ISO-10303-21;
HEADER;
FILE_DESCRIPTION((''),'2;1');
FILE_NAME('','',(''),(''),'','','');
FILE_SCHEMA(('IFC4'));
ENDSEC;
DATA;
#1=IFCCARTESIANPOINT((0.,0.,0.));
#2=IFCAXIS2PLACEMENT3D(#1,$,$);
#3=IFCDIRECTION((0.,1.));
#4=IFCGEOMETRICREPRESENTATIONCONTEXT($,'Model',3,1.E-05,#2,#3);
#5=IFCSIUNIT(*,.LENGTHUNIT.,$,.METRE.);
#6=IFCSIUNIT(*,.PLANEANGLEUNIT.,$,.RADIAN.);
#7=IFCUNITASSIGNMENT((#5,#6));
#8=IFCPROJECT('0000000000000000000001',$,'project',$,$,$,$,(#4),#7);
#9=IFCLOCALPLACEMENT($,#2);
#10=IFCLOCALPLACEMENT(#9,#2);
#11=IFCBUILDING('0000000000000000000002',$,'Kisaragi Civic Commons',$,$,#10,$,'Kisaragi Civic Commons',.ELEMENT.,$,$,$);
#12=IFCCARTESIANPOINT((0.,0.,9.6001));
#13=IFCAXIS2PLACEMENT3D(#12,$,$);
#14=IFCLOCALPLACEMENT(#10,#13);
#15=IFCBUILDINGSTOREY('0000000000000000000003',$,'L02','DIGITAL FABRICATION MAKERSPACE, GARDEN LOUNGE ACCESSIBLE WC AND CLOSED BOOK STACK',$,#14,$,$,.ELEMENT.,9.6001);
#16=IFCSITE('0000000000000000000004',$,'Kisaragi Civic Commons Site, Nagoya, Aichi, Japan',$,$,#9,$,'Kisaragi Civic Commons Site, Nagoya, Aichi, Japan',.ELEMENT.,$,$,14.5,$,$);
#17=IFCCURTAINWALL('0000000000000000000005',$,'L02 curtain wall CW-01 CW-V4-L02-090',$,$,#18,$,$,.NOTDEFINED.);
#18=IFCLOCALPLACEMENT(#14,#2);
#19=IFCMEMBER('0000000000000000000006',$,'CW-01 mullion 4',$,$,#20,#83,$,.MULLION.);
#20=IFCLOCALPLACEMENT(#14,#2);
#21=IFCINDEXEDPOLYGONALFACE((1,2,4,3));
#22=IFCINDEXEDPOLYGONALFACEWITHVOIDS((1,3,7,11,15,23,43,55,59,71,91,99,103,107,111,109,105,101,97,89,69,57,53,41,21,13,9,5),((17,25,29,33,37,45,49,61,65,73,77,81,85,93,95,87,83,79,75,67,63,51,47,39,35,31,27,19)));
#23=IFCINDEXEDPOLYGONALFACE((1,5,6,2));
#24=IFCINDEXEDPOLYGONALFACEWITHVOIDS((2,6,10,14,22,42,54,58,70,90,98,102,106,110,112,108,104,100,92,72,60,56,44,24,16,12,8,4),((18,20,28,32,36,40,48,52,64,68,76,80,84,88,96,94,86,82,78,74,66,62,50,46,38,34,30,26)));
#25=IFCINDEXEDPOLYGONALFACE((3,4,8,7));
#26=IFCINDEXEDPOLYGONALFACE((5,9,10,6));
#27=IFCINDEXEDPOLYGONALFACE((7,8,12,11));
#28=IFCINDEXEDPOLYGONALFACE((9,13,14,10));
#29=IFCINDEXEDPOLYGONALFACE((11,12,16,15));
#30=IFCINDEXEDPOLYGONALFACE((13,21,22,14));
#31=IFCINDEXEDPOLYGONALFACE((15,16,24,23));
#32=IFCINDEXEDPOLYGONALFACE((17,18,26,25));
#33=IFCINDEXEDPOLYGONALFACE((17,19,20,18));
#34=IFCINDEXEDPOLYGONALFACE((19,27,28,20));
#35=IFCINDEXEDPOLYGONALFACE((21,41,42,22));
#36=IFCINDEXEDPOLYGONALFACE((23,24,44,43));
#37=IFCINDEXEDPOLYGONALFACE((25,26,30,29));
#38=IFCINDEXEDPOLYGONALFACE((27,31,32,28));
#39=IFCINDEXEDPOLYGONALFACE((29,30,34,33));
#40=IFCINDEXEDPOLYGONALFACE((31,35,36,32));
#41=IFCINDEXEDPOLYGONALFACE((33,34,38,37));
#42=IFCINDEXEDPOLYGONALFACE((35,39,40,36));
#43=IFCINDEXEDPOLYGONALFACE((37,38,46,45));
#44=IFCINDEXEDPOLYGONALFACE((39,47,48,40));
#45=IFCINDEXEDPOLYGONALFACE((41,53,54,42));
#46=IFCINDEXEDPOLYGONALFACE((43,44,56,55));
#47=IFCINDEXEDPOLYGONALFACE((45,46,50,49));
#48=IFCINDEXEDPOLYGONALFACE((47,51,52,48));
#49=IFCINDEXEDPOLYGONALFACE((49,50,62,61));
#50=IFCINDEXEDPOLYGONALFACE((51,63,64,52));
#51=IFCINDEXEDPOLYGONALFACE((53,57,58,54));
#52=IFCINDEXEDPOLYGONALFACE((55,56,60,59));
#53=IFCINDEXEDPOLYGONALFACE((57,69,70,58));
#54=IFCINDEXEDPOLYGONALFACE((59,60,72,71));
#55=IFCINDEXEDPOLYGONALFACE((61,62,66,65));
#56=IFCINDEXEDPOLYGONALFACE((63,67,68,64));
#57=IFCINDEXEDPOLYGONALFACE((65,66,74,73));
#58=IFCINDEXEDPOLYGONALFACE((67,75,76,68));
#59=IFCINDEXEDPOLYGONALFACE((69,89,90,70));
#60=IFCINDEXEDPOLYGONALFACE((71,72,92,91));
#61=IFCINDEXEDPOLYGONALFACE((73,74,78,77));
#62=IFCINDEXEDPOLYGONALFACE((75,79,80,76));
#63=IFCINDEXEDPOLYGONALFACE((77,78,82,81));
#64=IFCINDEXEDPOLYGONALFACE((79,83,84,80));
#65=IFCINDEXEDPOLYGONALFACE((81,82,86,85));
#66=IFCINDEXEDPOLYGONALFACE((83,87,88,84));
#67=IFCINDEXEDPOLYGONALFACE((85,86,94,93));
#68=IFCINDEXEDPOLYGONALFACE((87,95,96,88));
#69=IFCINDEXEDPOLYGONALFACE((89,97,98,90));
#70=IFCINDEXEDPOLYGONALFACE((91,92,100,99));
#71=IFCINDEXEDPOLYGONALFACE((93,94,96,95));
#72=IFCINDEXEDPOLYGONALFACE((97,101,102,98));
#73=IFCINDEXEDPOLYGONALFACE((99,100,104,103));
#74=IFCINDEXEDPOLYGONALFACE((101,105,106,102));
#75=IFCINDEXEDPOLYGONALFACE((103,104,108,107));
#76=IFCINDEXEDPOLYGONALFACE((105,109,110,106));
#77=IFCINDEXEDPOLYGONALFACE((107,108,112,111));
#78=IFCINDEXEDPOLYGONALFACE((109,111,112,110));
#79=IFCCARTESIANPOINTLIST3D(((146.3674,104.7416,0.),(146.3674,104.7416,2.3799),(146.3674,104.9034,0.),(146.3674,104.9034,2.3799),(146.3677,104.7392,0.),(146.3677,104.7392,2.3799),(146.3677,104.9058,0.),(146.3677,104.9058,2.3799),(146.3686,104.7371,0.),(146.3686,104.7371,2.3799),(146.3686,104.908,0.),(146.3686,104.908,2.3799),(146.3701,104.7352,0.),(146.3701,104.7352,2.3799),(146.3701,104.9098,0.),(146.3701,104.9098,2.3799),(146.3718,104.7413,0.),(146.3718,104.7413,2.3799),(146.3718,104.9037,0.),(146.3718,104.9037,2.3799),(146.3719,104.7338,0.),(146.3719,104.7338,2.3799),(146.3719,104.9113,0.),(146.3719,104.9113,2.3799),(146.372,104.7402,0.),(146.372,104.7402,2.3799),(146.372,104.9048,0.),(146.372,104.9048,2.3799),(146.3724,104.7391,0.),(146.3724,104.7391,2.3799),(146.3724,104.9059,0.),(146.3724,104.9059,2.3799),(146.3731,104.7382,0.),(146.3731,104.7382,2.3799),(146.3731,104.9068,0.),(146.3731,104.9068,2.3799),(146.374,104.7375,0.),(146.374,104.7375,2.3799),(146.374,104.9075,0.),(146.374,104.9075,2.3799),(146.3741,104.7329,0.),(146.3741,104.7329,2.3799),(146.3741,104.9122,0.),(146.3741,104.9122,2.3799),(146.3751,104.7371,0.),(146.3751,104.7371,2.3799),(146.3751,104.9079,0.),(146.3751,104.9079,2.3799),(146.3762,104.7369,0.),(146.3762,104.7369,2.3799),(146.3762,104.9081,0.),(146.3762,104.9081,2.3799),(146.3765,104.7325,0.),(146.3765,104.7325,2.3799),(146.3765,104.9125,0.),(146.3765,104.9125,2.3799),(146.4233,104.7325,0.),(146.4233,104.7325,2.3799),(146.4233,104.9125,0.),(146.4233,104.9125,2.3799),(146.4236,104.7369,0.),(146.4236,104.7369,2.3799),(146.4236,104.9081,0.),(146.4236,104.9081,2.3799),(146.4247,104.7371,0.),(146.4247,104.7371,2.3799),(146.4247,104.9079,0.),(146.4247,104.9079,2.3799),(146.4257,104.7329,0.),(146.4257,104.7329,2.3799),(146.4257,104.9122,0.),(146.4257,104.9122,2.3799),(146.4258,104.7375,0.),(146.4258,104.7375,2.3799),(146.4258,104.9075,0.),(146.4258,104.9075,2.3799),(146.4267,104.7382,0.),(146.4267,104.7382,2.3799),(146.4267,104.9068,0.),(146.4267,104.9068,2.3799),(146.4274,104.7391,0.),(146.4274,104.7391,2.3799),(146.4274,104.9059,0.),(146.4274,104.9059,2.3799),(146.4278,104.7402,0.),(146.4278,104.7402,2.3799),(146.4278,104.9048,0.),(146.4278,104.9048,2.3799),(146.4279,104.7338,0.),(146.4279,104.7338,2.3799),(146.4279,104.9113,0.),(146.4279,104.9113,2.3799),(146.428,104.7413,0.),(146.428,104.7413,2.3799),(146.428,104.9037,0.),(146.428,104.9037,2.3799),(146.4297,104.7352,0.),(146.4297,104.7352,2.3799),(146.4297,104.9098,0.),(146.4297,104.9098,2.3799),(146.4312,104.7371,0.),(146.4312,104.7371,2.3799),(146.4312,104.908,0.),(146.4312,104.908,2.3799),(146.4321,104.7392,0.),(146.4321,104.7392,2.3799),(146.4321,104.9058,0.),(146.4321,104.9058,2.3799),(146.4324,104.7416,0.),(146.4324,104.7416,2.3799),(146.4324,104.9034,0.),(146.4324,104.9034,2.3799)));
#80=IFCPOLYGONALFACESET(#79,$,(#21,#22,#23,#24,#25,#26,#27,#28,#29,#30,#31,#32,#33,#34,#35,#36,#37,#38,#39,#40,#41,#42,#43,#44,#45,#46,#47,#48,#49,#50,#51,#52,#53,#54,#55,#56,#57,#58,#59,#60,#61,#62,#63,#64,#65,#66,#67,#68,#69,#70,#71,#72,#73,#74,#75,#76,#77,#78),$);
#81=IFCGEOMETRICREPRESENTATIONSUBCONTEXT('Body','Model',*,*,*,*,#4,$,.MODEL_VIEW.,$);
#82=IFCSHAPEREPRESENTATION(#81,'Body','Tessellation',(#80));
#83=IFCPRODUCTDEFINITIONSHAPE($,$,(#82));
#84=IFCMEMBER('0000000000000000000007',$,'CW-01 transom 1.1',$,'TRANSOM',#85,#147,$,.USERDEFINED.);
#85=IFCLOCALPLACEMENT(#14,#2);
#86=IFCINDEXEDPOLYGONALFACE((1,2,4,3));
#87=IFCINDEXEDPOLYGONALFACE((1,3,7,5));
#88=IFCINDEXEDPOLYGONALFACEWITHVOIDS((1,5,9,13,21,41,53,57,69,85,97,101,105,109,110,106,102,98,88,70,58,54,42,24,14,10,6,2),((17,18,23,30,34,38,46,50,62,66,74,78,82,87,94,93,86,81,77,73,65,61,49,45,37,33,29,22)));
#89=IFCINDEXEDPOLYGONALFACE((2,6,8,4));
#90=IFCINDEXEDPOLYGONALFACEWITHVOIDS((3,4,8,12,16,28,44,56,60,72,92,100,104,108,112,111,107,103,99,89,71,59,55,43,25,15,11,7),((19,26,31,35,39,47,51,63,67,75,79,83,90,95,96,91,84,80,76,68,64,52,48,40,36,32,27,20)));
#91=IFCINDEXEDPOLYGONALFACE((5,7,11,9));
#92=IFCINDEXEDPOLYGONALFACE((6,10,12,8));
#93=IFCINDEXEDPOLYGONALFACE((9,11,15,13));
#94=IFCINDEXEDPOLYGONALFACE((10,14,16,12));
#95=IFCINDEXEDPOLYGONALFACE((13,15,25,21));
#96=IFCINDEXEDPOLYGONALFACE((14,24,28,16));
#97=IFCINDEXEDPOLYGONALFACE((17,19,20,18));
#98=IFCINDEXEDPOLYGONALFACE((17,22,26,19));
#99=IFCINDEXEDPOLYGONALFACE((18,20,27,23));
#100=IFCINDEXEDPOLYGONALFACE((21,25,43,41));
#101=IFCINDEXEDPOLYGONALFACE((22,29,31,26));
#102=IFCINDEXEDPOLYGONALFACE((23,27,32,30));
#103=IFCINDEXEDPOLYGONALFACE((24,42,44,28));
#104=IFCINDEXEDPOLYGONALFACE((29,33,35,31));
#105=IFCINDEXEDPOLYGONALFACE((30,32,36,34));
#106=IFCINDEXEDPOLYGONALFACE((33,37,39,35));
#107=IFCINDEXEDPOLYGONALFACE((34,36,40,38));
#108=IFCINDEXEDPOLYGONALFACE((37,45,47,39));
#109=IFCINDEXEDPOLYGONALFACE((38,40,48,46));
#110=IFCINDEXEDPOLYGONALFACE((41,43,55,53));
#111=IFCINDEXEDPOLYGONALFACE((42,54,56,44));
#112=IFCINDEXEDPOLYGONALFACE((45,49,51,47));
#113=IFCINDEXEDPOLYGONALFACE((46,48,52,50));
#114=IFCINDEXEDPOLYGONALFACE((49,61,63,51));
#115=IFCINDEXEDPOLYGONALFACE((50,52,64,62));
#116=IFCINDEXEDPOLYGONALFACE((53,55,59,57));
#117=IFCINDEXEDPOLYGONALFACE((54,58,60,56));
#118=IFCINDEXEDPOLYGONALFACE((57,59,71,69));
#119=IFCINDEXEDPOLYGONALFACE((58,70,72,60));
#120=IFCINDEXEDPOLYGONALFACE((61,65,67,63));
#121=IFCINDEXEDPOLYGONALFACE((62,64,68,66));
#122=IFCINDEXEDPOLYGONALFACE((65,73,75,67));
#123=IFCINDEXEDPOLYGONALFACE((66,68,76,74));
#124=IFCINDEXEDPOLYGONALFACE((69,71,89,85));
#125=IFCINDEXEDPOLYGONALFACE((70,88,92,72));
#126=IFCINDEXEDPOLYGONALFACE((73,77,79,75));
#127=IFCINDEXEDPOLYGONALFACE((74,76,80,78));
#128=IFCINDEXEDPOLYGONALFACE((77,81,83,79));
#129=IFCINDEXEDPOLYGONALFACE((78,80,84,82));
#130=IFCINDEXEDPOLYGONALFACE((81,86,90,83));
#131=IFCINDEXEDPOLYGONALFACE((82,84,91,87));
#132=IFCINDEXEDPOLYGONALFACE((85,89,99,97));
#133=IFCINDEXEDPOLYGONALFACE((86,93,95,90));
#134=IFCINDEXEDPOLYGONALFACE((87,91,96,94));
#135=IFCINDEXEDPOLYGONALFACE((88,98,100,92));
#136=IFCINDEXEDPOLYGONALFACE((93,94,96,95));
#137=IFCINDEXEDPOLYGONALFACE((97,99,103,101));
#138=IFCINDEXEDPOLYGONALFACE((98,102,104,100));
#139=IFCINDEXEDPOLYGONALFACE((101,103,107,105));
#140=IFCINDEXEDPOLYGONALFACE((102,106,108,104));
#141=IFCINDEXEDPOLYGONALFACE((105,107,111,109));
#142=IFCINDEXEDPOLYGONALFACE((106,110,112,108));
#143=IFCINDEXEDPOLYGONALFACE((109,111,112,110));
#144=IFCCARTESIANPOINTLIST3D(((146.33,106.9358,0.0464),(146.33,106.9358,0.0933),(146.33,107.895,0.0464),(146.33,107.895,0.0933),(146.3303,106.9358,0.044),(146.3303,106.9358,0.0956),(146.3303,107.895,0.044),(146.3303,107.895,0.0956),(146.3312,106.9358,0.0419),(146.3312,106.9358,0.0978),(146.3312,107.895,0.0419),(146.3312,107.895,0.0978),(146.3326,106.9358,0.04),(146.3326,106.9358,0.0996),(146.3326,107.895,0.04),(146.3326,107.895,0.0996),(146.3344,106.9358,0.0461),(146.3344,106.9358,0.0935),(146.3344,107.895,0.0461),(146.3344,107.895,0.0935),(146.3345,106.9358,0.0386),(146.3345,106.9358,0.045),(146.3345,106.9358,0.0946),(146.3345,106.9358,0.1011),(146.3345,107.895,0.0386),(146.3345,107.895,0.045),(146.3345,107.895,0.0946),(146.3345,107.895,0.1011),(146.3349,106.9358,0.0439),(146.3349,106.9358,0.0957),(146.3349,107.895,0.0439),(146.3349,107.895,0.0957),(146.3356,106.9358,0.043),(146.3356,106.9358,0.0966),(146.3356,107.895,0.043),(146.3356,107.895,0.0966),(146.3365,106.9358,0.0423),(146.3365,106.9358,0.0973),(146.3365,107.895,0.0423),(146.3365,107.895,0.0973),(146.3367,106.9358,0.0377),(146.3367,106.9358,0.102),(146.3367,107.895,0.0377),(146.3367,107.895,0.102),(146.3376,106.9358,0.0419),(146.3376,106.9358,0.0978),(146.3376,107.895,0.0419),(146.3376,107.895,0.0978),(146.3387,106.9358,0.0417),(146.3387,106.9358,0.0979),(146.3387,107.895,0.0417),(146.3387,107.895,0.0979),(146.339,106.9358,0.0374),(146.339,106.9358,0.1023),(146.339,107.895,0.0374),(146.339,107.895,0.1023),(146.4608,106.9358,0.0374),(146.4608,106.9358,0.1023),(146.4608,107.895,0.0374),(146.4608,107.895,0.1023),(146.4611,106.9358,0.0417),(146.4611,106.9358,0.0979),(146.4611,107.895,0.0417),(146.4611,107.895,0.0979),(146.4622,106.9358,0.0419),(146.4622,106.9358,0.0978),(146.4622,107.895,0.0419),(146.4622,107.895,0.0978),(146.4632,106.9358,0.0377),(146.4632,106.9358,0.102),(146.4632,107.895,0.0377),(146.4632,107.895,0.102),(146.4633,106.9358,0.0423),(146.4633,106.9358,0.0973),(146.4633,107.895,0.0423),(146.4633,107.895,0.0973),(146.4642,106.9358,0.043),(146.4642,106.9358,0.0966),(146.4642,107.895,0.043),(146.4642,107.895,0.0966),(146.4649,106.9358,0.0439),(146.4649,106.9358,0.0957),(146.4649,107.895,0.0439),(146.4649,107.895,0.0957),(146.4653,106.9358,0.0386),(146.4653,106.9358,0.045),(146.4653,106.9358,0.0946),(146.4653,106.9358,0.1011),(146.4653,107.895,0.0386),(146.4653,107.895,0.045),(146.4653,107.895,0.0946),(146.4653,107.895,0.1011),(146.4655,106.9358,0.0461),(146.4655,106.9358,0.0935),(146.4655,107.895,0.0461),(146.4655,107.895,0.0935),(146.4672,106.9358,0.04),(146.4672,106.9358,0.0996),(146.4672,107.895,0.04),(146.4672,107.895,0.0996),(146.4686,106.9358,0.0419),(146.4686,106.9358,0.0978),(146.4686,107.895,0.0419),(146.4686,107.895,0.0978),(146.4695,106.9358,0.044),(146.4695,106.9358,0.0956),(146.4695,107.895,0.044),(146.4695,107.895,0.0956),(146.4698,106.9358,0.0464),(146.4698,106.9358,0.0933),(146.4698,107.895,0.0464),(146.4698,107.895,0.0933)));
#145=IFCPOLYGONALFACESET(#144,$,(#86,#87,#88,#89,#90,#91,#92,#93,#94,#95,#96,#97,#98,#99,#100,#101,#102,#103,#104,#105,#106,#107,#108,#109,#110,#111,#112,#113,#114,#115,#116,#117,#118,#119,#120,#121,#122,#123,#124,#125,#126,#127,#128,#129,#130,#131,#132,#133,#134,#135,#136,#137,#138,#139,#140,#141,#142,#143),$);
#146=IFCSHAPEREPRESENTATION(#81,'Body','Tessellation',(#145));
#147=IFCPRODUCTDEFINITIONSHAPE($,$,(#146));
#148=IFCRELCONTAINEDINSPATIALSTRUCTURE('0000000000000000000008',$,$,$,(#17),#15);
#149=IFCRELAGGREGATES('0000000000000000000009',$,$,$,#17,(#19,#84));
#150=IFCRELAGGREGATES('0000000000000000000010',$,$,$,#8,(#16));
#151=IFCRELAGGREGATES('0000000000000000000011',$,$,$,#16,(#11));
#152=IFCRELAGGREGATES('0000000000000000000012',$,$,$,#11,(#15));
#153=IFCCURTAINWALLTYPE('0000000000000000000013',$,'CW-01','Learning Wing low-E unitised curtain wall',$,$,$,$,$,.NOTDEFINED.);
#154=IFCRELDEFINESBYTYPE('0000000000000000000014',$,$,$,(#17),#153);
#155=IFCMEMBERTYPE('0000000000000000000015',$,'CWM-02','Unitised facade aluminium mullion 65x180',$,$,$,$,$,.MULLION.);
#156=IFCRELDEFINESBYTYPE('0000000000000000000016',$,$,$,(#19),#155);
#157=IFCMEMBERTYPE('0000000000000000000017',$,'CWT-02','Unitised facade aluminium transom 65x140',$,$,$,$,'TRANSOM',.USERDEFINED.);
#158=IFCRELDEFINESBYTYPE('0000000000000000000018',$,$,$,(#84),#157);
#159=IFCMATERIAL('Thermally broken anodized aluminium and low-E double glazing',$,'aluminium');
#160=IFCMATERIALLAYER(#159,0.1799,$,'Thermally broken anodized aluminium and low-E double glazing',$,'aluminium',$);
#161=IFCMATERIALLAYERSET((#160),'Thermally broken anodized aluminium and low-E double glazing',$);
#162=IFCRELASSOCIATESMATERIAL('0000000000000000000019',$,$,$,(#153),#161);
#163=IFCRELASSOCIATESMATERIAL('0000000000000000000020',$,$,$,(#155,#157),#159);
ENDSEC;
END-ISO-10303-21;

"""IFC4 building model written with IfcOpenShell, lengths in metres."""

from ifc_helpers import new_model, si_unit, direction, frame, origin, origin_2d, place, context, subcontext, project, spatial, hollow_rectangle, extrude, material, layer, layer_set, material_profile, profile_set, type_object, element, aggregate, save


model = new_model("IFC4")

# Units and contexts
model_context = context("Model", 3, precision=1e-05, world=origin(), true_north=direction((0.0, 1.0)))
body_context = subcontext(model_context, "Body", "Model", "MODEL_VIEW")
ifc_project = project(units=[si_unit("LENGTHUNIT", "METRE"), si_unit("PLANEANGLEUNIT", "RADIAN")], contexts=[model_context])

# Site, building, storey
site_placement = place(None, origin())
site = spatial("IfcSite", under=ifc_project, at=site_placement, Name="Kisaragi Civic Commons Site, Nagoya, Aichi, Japan", LongName="Kisaragi Civic Commons Site, Nagoya, Aichi, Japan", CompositionType="ELEMENT", RefElevation=14.5)
building_placement = place(site_placement, origin())
building = spatial("IfcBuilding", under=site, at=building_placement, Name="Kisaragi Civic Commons", LongName="Kisaragi Civic Commons", CompositionType="ELEMENT")
storey_placement = place(building_placement, frame((0.0, 0.0, 9.6001)))
storey = spatial("IfcBuildingStorey", under=building, at=storey_placement, Name="L02", Description="DIGITAL FABRICATION MAKERSPACE, GARDEN LOUNGE ACCESSIBLE WC AND CLOSED BOOK STACK", CompositionType="ELEMENT", Elevation=9.6001)

# Shared definitions
ifc_material_1 = material(Name="Thermally broken anodized aluminium and low-E double glazing", Category="aluminium")
ifc_layer_1 = layer(ifc_material_1, 0.1799, Name="Thermally broken anodized aluminium and low-E double glazing", Category="aluminium")
ifc_layer_set_1 = layer_set([ifc_layer_1], Name="Thermally broken anodized aluminium and low-E double glazing")
curtain_wall_type = type_object("IfcCurtainWallType", Name="CW-01", Description="Learning Wing low-E unitised curtain wall", PredefinedType="NOTDEFINED", material=ifc_layer_set_1)
ifc_material_profile_1 = material_profile(ifc_material_1, hollow_rectangle(XDim=0.0649, YDim=0.1799, WallThickness=0.0044, InnerFilletRadius=0.0044, OuterFilletRadius=0.009, at=origin_2d()), Name="CWM-65x180x4.5", Category="aluminium")
ifc_profile_set_1 = profile_set([ifc_material_profile_1], Name="Thermally broken anodized aluminium and low-E double glazing")
member_type_1 = type_object("IfcMemberType", Name="CWM-02", Description="Unitised facade aluminium mullion 65x180", PredefinedType="MULLION", material=ifc_profile_set_1)

# Curtain wall, members
curtain_wall_1_placement = place(storey_placement, origin())
curtain_wall_1 = element("IfcCurtainWall", 1, at=curtain_wall_1_placement, inside=storey, type_object=curtain_wall_type, Name="L02 curtain wall CW-01 CW-V4-L02-090", PredefinedType="NOTDEFINED")
member_1_placement = place(storey_placement, frame((146.3999, 104.8225, 0.0), z_axis=(0.0, 0.0, 1.0), x_axis=(1.0, 0.0, 0.0)))
member_1 = element("IfcMember", 2, at=member_1_placement, type_object=member_type_1, Name="CW-01 mullion 4", PredefinedType="MULLION", context=body_context, shape_type="SweptSolid", body=[
    extrude(hollow_rectangle(XDim=0.0649, YDim=0.1799, WallThickness=0.0044, InnerFilletRadius=0.0044, OuterFilletRadius=0.009, at=origin_2d()), origin(), (0.0, 0.0, 1.0), 2.3799),
])
ifc_material_profile_2 = material_profile(ifc_material_1, hollow_rectangle(XDim=0.1399, YDim=0.0649, WallThickness=0.0044, InnerFilletRadius=0.0044, OuterFilletRadius=0.009, at=origin_2d()), Name="CWT-65x140x4.5", Category="aluminium")
ifc_profile_set_2 = profile_set([ifc_material_profile_2], Name="Thermally broken anodized aluminium and low-E double glazing")
member_type_2 = type_object("IfcMemberType", Name="CWT-02", Description="Unitised facade aluminium transom 65x140", ElementType="TRANSOM", PredefinedType="USERDEFINED", material=ifc_profile_set_2)
member_2_placement = place(storey_placement, frame((146.3999, 107.895, 0.0698), z_axis=(0.0, -1.0, 0.0), x_axis=(1.0, 0.0, 0.0)))
member_2 = element("IfcMember", 3, at=member_2_placement, type_object=member_type_2, Name="CW-01 transom 1.1", ObjectType="TRANSOM", PredefinedType="USERDEFINED", context=body_context, shape_type="SweptSolid", body=[
    extrude(hollow_rectangle(XDim=0.1399, YDim=0.0649, WallThickness=0.0044, InnerFilletRadius=0.0044, OuterFilletRadius=0.009, at=origin_2d()), origin(), (0.0, 0.0, 1.0), 0.9592),
])

aggregate(curtain_wall_1, [member_1, member_2])

save(model, "model.ifc")
